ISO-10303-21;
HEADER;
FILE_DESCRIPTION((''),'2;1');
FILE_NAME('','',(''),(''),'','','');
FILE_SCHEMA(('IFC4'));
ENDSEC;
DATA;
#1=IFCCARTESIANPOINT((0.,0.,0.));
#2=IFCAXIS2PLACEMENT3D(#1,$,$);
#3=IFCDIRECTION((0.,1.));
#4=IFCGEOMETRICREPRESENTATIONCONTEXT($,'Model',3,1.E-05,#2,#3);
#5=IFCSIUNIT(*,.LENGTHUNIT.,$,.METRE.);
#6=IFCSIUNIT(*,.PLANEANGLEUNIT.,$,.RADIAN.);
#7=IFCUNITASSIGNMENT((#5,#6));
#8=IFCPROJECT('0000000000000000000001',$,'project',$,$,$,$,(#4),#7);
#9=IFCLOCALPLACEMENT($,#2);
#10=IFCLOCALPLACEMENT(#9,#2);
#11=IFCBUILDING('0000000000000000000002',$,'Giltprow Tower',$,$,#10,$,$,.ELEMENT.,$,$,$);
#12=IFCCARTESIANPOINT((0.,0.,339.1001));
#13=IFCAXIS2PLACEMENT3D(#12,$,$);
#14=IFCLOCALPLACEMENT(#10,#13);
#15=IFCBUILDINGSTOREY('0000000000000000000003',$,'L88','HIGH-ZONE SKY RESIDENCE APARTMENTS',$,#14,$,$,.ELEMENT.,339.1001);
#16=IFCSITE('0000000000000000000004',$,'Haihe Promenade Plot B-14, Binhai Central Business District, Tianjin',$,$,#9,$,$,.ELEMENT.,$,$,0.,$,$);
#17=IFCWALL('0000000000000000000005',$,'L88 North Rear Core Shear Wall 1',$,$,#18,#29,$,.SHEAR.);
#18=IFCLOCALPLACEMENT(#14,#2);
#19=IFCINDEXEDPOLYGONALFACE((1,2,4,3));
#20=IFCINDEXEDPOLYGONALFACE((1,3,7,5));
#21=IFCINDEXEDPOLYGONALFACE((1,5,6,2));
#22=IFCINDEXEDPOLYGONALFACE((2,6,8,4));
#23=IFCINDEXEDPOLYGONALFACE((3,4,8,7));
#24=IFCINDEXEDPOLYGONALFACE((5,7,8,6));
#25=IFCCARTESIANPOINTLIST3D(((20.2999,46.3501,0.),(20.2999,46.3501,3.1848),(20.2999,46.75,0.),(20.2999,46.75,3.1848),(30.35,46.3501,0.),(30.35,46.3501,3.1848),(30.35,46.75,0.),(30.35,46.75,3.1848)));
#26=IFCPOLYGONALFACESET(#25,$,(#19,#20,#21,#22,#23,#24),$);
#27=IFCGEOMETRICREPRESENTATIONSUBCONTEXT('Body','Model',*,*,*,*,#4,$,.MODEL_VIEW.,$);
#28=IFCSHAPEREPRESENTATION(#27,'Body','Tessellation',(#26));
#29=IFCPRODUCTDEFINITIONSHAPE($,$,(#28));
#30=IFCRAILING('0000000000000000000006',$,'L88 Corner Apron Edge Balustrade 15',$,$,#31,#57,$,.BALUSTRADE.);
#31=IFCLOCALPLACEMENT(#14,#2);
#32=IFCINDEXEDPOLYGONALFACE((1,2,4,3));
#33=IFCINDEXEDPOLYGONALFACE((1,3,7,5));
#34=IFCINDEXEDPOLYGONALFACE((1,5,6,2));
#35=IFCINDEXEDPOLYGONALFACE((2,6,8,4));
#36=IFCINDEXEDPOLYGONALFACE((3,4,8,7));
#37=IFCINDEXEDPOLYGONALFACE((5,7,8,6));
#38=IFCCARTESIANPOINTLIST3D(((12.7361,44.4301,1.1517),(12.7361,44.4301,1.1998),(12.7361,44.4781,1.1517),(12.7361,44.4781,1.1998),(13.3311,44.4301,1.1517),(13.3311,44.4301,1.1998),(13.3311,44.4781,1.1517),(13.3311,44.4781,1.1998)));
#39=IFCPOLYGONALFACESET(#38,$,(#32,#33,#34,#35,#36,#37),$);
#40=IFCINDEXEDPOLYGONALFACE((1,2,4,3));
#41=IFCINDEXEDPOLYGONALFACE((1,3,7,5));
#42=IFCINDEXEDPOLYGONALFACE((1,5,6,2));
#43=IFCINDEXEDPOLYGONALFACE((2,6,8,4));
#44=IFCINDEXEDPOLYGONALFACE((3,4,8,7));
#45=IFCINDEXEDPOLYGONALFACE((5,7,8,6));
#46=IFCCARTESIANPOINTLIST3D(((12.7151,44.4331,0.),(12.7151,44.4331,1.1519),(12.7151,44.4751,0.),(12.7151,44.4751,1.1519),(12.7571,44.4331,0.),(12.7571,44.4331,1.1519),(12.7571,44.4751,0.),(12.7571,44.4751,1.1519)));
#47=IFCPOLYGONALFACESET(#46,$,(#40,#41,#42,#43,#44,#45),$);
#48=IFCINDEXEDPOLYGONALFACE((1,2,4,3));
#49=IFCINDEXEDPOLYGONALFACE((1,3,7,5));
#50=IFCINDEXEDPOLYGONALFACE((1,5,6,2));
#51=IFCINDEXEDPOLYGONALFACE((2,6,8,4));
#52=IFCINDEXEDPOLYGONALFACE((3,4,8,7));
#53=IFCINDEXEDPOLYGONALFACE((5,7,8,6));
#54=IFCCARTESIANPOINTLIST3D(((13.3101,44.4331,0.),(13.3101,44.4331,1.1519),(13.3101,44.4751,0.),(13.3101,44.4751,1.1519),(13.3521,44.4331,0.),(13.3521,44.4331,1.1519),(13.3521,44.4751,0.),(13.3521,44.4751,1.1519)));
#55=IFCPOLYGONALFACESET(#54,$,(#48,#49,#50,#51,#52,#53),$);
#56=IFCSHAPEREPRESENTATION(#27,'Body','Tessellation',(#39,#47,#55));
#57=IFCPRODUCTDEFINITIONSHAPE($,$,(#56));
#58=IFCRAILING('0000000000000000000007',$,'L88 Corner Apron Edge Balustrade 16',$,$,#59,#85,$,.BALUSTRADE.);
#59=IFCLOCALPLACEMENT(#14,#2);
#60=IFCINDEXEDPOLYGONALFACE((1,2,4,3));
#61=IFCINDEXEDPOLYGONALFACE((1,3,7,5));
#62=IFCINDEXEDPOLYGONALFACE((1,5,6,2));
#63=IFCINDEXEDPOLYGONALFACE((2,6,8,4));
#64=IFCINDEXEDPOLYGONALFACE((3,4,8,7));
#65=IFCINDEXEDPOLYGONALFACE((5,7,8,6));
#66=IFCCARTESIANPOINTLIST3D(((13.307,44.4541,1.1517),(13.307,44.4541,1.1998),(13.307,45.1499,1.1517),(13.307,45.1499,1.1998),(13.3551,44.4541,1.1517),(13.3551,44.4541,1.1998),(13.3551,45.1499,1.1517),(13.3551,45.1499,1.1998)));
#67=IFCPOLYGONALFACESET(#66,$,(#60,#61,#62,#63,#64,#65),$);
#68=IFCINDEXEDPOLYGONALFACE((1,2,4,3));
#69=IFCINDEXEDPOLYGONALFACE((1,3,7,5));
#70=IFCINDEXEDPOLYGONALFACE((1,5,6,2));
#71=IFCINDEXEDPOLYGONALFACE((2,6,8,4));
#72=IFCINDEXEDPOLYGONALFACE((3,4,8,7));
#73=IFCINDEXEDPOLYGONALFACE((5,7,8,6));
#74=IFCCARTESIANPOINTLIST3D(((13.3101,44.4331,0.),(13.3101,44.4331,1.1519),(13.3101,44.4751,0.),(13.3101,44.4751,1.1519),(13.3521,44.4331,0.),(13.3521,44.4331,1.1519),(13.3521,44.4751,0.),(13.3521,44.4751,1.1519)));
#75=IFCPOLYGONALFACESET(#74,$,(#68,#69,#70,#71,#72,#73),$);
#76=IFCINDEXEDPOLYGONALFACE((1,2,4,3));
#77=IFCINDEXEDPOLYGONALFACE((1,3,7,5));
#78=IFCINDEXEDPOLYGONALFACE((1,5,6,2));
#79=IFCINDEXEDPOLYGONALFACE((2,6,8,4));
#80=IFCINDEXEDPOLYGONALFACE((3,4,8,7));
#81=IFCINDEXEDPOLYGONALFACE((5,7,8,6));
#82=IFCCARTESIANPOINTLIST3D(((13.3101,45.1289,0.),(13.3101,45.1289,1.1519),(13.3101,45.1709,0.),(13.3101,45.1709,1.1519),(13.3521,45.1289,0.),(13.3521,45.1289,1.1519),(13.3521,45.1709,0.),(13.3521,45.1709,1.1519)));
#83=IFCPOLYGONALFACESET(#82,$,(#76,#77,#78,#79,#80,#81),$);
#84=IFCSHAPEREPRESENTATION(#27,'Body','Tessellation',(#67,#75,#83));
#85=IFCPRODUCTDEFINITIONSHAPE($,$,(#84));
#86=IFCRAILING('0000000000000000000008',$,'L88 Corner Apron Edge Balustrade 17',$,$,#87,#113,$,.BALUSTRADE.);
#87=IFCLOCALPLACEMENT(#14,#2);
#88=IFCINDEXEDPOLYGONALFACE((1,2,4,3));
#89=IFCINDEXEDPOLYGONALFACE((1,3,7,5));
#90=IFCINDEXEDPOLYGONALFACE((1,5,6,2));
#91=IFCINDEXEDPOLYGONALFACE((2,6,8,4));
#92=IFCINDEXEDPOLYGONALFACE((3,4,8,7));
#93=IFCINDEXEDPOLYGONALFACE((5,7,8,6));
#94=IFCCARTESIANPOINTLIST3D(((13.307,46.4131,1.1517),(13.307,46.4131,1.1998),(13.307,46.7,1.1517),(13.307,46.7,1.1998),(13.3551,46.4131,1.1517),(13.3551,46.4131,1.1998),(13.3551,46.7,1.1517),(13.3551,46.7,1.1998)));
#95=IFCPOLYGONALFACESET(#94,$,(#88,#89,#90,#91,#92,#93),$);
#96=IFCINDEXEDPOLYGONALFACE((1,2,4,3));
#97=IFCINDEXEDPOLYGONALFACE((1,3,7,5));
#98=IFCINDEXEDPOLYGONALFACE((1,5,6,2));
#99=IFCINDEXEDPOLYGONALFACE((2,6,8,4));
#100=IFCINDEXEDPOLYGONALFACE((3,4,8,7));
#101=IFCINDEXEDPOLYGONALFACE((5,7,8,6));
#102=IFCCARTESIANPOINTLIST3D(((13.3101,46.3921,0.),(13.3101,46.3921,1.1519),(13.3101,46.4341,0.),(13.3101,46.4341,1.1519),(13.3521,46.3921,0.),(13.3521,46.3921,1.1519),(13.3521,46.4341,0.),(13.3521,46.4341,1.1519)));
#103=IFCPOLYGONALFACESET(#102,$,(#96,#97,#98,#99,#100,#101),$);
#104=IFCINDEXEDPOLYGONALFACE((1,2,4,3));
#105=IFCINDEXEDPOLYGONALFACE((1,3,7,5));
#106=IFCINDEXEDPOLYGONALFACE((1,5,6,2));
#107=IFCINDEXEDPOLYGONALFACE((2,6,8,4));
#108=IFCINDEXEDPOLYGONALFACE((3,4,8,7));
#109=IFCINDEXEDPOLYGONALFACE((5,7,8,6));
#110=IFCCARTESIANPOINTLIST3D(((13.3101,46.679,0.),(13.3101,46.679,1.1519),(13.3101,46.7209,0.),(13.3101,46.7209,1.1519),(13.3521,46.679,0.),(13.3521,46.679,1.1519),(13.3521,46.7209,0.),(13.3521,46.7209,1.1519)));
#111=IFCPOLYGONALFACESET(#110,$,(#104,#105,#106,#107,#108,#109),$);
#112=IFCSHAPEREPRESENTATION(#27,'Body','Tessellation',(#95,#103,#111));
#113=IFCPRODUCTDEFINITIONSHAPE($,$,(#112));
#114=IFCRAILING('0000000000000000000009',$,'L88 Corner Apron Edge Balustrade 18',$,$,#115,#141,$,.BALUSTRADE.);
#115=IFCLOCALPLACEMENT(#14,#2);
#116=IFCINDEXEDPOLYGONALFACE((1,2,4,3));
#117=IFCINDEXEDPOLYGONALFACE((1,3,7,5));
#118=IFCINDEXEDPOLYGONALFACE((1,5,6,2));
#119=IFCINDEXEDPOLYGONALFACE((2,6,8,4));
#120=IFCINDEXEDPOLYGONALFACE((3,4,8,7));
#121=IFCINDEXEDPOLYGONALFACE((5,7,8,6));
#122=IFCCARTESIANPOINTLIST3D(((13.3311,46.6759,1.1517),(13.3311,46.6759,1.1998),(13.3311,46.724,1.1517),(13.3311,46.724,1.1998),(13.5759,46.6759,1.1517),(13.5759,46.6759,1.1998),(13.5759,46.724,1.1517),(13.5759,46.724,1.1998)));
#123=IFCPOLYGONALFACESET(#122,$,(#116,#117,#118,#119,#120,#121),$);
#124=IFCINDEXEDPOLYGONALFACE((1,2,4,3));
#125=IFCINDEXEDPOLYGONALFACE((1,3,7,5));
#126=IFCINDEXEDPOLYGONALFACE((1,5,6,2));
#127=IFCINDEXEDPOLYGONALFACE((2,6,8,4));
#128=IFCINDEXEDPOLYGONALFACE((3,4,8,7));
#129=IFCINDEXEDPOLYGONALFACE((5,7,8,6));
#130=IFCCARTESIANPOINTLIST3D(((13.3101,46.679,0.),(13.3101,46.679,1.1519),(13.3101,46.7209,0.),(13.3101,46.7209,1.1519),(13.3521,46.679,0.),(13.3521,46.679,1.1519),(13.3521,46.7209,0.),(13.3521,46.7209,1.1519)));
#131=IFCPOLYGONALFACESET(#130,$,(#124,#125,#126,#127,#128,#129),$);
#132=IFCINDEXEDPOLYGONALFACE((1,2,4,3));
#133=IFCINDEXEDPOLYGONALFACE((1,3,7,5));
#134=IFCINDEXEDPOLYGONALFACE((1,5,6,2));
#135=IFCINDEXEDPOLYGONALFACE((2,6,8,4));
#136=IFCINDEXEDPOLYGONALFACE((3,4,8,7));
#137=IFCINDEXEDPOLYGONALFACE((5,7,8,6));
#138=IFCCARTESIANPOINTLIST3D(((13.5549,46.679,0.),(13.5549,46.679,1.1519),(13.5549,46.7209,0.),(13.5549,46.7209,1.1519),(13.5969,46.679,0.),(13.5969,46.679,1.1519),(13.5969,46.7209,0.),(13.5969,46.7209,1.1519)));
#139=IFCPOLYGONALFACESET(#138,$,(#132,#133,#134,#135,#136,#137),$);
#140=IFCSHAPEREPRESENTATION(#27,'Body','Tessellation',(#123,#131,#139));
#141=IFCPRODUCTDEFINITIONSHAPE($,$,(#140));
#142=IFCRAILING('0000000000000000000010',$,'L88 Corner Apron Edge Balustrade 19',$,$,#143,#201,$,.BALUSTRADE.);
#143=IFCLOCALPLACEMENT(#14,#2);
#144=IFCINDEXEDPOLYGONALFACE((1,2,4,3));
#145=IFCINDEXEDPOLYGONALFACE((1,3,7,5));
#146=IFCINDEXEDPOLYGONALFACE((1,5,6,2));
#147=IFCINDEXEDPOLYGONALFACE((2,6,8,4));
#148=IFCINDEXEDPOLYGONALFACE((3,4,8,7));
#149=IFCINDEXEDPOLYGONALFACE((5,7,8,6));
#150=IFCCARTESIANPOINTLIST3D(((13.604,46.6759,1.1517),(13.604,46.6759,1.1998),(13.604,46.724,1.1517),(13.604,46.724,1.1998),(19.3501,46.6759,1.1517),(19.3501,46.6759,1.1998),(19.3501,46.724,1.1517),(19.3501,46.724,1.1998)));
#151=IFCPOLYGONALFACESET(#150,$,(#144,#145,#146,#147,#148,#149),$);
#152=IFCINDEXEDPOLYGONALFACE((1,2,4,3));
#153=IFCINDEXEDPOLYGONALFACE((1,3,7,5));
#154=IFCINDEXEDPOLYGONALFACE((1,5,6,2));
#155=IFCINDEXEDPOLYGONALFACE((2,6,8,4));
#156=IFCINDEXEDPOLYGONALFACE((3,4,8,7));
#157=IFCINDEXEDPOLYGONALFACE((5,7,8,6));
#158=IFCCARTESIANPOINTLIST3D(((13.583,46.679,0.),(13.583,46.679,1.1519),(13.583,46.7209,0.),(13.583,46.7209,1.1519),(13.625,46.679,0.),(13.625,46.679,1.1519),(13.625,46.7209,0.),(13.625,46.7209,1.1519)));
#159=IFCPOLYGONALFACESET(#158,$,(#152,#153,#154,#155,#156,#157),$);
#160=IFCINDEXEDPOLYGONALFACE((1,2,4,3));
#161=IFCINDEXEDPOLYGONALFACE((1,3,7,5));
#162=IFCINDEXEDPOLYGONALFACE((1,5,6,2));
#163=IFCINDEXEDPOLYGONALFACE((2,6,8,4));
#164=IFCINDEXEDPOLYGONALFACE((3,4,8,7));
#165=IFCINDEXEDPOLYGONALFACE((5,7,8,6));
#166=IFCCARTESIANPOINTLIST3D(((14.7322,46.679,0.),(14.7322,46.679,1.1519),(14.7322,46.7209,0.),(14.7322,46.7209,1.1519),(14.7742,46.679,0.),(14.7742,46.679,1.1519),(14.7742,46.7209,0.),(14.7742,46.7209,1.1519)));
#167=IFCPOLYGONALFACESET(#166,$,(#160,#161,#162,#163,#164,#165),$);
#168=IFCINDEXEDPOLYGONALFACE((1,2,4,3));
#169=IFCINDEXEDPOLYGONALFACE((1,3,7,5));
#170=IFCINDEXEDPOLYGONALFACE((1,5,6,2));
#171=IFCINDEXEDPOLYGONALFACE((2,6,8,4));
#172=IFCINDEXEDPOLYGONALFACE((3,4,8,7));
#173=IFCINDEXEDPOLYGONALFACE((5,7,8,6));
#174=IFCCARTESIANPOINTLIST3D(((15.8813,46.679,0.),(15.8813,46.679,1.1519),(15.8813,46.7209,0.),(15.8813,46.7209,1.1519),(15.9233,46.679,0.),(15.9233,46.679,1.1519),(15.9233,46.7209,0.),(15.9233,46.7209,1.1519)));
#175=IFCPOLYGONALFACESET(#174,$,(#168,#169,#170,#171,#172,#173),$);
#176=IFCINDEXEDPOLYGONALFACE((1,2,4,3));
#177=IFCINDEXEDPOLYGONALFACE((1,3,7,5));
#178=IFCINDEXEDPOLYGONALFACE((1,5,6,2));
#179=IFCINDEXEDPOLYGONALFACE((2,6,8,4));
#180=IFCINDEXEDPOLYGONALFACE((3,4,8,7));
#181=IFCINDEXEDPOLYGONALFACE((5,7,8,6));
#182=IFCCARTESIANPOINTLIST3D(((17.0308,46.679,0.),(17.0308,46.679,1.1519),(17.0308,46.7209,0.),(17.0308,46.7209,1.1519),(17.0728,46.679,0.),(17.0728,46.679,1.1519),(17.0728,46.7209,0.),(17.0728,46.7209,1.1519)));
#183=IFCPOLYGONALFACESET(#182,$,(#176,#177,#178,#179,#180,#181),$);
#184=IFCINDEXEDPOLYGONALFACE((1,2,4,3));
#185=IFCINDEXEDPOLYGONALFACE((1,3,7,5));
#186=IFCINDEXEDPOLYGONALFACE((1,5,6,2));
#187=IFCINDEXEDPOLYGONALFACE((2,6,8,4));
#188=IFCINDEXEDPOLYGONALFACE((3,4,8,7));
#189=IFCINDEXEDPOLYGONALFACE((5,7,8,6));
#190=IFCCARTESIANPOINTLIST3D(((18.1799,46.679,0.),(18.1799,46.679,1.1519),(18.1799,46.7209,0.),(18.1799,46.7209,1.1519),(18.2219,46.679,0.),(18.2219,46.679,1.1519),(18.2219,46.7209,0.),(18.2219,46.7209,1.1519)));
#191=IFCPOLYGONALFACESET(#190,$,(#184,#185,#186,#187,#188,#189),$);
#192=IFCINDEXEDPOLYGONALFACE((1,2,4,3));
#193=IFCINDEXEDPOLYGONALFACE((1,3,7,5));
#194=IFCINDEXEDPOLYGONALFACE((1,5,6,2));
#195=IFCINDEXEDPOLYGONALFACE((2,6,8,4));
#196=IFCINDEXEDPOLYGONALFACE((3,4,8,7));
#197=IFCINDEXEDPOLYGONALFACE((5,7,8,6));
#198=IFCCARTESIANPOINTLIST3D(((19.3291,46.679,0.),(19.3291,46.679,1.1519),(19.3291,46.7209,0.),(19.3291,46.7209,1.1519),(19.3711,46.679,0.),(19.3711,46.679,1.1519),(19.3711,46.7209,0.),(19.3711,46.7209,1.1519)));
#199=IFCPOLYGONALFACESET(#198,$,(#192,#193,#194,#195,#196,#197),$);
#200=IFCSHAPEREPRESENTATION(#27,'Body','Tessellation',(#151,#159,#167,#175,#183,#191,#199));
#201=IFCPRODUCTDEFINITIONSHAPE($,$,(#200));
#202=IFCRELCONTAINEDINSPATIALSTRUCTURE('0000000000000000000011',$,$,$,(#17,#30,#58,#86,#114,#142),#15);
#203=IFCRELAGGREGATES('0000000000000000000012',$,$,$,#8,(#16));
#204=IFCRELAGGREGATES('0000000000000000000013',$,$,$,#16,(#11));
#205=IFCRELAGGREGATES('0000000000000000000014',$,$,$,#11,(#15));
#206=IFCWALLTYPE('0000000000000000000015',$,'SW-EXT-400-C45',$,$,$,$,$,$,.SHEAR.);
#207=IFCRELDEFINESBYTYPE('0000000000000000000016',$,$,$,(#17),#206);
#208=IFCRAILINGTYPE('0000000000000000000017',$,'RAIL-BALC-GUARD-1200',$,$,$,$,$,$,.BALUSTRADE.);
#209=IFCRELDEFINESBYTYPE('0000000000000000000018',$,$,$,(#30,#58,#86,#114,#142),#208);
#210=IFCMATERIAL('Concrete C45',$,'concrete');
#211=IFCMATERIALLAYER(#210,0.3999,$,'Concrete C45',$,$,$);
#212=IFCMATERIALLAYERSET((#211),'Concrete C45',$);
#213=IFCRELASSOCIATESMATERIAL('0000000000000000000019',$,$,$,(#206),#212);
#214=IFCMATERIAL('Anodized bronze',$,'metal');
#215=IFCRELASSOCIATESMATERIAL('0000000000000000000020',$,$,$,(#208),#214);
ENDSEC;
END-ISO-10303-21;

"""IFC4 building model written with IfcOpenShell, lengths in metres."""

from ifc_helpers import new_model, si_unit, direction, frame, frame_2d, origin, origin_2d, place, context, subcontext, project, spatial, rectangle, extrude, material, layer, layer_set, type_object, element, save


model = new_model("IFC4")

# Units and contexts
model_context = context("Model", 3, precision=1e-05, world=origin(), true_north=direction((0.0, 1.0)))
body_context = subcontext(model_context, "Body", "Model", "MODEL_VIEW")
ifc_project = project(units=[si_unit("LENGTHUNIT", "METRE"), si_unit("PLANEANGLEUNIT", "RADIAN")], contexts=[model_context])

# Site, building, storey
site_placement = place(None, origin())
site = spatial("IfcSite", under=ifc_project, at=site_placement, Name="Haihe Promenade Plot B-14, Binhai Central Business District, Tianjin", CompositionType="ELEMENT", RefElevation=0.0)
building_placement = place(site_placement, origin())
building = spatial("IfcBuilding", under=site, at=building_placement, Name="Giltprow Tower", CompositionType="ELEMENT")
storey_placement = place(building_placement, frame((0.0, 0.0, 339.1001)))
storey = spatial("IfcBuildingStorey", under=building, at=storey_placement, Name="L88", Description="HIGH-ZONE SKY RESIDENCE APARTMENTS", CompositionType="ELEMENT", Elevation=339.1001)

# Shared definitions
ifc_material_1 = material(Name="Concrete C45", Category="concrete")

# Wall
ifc_layer_1 = layer(ifc_material_1, 0.3999, Name="Concrete C45")
ifc_layer_set_1 = layer_set([ifc_layer_1], Name="Concrete C45")
wall_type_1 = type_object("IfcWallType", Name="SW-EXT-400-C45", PredefinedType="SHEAR", material=ifc_layer_set_1)
wall_1_placement = place(storey_placement, frame((20.3, 46.55, 0.0), z_axis=(0.0, 0.0, 1.0), x_axis=(1.0, 0.0, 0.0)))
element("IfcWall", 1, at=wall_1_placement, inside=storey, type_object=wall_type_1, Name="L88 North Rear Core Shear Wall 1", PredefinedType="SHEAR", context=body_context, shape_type="SweptSolid", body=[
    extrude(rectangle(XDim=10.05, YDim=0.3999, at=frame_2d((5.0249, 0.0))), origin(), (0.0, 0.0, 1.0), 3.1848),
])

# Railings
ifc_material_2 = material(Name="Anodized bronze", Category="metal")
railing_type = type_object("IfcRailingType", Name="RAIL-BALC-GUARD-1200", PredefinedType="BALUSTRADE", material=ifc_material_2)
railing_1_placement = place(storey_placement, frame((12.7361, 44.4541, 0.0)))
element("IfcRailing", 2, at=railing_1_placement, inside=storey, type_object=railing_type, Name="L88 Corner Apron Edge Balustrade 15", PredefinedType="BALUSTRADE", context=body_context, shape_type="SweptSolid", body=[
    extrude(rectangle(XDim=0.0481, YDim=0.0481, at=origin_2d()), frame((0.0, 0.0, 1.1758), z_axis=(1.0, 0.0, 0.0), x_axis=(0.0, 1.0, 0.0)), (0.0, 0.0, 1.0), 0.595),
    extrude(rectangle(XDim=0.042, YDim=0.042, at=origin_2d()), origin(), (0.0, 0.0, 1.0), 1.1519),
    extrude(rectangle(XDim=0.042, YDim=0.042, at=origin_2d()), frame((0.595, 0.0, 0.0)), (0.0, 0.0, 1.0), 1.1519),
])
railing_2_placement = place(storey_placement, frame((13.3311, 44.4541, 0.0)))
element("IfcRailing", 3, at=railing_2_placement, inside=storey, type_object=railing_type, Name="L88 Corner Apron Edge Balustrade 16", PredefinedType="BALUSTRADE", context=body_context, shape_type="SweptSolid", body=[
    extrude(rectangle(XDim=0.0481, YDim=0.0481, at=origin_2d()), frame((0.0, 0.0, 1.1758), z_axis=(0.0, 1.0, 0.0), x_axis=(-1.0, 0.0, 0.0)), (0.0, 0.0, 1.0), 0.6958),
    extrude(rectangle(XDim=0.042, YDim=0.042, at=origin_2d()), origin(), (0.0, 0.0, 1.0), 1.1519),
    extrude(rectangle(XDim=0.042, YDim=0.042, at=origin_2d()), frame((0.0, 0.6958, 0.0)), (0.0, 0.0, 1.0), 1.1519),
])
railing_3_placement = place(storey_placement, frame((13.3311, 46.4131, 0.0)))
element("IfcRailing", 4, at=railing_3_placement, inside=storey, type_object=railing_type, Name="L88 Corner Apron Edge Balustrade 17", PredefinedType="BALUSTRADE", context=body_context, shape_type="SweptSolid", body=[
    extrude(rectangle(XDim=0.0481, YDim=0.0481, at=origin_2d()), frame((0.0, 0.0, 1.1758), z_axis=(0.0, 1.0, 0.0), x_axis=(-1.0, 0.0, 0.0)), (0.0, 0.0, 1.0), 0.2869),
    extrude(rectangle(XDim=0.042, YDim=0.042, at=origin_2d()), origin(), (0.0, 0.0, 1.0), 1.1519),
    extrude(rectangle(XDim=0.042, YDim=0.042, at=origin_2d()), frame((0.0, 0.2869, 0.0)), (0.0, 0.0, 1.0), 1.1519),
])
railing_4_placement = place(storey_placement, frame((13.3311, 46.7, 0.0)))
element("IfcRailing", 5, at=railing_4_placement, inside=storey, type_object=railing_type, Name="L88 Corner Apron Edge Balustrade 18", PredefinedType="BALUSTRADE", context=body_context, shape_type="SweptSolid", body=[
    extrude(rectangle(XDim=0.0481, YDim=0.0481, at=origin_2d()), frame((0.0, 0.0, 1.1758), z_axis=(1.0, 0.0, 0.0), x_axis=(0.0, 1.0, 0.0)), (0.0, 0.0, 1.0), 0.2449),
    extrude(rectangle(XDim=0.042, YDim=0.042, at=origin_2d()), origin(), (0.0, 0.0, 1.0), 1.1519),
    extrude(rectangle(XDim=0.042, YDim=0.042, at=origin_2d()), frame((0.2449, 0.0, 0.0)), (0.0, 0.0, 1.0), 1.1519),
])
railing_5_placement = place(storey_placement, frame((13.604, 46.7, 0.0)))
element("IfcRailing", 6, at=railing_5_placement, inside=storey, type_object=railing_type, Name="L88 Corner Apron Edge Balustrade 19", PredefinedType="BALUSTRADE", context=body_context, shape_type="SweptSolid", body=[
    extrude(rectangle(XDim=0.0481, YDim=0.0481, at=origin_2d()), frame((0.0, 0.0, 1.1758), z_axis=(1.0, 0.0, 0.0), x_axis=(0.0, 1.0, 0.0)), (0.0, 0.0, 1.0), 5.7461),
    extrude(rectangle(XDim=0.042, YDim=0.042, at=origin_2d()), origin(), (0.0, 0.0, 1.0), 1.1519),
    extrude(rectangle(XDim=0.042, YDim=0.042, at=origin_2d()), frame((1.1492, 0.0, 0.0)), (0.0, 0.0, 1.0), 1.1519),
    extrude(rectangle(XDim=0.042, YDim=0.042, at=origin_2d()), frame((2.2983, 0.0, 0.0)), (0.0, 0.0, 1.0), 1.1519),
    extrude(rectangle(XDim=0.042, YDim=0.042, at=origin_2d()), frame((3.4478, 0.0, 0.0)), (0.0, 0.0, 1.0), 1.1519),
    extrude(rectangle(XDim=0.042, YDim=0.042, at=origin_2d()), frame((4.5969, 0.0, 0.0)), (0.0, 0.0, 1.0), 1.1519),
    extrude(rectangle(XDim=0.042, YDim=0.042, at=origin_2d()), frame((5.7461, 0.0, 0.0)), (0.0, 0.0, 1.0), 1.1519),
])

save(model, "model.ifc")
